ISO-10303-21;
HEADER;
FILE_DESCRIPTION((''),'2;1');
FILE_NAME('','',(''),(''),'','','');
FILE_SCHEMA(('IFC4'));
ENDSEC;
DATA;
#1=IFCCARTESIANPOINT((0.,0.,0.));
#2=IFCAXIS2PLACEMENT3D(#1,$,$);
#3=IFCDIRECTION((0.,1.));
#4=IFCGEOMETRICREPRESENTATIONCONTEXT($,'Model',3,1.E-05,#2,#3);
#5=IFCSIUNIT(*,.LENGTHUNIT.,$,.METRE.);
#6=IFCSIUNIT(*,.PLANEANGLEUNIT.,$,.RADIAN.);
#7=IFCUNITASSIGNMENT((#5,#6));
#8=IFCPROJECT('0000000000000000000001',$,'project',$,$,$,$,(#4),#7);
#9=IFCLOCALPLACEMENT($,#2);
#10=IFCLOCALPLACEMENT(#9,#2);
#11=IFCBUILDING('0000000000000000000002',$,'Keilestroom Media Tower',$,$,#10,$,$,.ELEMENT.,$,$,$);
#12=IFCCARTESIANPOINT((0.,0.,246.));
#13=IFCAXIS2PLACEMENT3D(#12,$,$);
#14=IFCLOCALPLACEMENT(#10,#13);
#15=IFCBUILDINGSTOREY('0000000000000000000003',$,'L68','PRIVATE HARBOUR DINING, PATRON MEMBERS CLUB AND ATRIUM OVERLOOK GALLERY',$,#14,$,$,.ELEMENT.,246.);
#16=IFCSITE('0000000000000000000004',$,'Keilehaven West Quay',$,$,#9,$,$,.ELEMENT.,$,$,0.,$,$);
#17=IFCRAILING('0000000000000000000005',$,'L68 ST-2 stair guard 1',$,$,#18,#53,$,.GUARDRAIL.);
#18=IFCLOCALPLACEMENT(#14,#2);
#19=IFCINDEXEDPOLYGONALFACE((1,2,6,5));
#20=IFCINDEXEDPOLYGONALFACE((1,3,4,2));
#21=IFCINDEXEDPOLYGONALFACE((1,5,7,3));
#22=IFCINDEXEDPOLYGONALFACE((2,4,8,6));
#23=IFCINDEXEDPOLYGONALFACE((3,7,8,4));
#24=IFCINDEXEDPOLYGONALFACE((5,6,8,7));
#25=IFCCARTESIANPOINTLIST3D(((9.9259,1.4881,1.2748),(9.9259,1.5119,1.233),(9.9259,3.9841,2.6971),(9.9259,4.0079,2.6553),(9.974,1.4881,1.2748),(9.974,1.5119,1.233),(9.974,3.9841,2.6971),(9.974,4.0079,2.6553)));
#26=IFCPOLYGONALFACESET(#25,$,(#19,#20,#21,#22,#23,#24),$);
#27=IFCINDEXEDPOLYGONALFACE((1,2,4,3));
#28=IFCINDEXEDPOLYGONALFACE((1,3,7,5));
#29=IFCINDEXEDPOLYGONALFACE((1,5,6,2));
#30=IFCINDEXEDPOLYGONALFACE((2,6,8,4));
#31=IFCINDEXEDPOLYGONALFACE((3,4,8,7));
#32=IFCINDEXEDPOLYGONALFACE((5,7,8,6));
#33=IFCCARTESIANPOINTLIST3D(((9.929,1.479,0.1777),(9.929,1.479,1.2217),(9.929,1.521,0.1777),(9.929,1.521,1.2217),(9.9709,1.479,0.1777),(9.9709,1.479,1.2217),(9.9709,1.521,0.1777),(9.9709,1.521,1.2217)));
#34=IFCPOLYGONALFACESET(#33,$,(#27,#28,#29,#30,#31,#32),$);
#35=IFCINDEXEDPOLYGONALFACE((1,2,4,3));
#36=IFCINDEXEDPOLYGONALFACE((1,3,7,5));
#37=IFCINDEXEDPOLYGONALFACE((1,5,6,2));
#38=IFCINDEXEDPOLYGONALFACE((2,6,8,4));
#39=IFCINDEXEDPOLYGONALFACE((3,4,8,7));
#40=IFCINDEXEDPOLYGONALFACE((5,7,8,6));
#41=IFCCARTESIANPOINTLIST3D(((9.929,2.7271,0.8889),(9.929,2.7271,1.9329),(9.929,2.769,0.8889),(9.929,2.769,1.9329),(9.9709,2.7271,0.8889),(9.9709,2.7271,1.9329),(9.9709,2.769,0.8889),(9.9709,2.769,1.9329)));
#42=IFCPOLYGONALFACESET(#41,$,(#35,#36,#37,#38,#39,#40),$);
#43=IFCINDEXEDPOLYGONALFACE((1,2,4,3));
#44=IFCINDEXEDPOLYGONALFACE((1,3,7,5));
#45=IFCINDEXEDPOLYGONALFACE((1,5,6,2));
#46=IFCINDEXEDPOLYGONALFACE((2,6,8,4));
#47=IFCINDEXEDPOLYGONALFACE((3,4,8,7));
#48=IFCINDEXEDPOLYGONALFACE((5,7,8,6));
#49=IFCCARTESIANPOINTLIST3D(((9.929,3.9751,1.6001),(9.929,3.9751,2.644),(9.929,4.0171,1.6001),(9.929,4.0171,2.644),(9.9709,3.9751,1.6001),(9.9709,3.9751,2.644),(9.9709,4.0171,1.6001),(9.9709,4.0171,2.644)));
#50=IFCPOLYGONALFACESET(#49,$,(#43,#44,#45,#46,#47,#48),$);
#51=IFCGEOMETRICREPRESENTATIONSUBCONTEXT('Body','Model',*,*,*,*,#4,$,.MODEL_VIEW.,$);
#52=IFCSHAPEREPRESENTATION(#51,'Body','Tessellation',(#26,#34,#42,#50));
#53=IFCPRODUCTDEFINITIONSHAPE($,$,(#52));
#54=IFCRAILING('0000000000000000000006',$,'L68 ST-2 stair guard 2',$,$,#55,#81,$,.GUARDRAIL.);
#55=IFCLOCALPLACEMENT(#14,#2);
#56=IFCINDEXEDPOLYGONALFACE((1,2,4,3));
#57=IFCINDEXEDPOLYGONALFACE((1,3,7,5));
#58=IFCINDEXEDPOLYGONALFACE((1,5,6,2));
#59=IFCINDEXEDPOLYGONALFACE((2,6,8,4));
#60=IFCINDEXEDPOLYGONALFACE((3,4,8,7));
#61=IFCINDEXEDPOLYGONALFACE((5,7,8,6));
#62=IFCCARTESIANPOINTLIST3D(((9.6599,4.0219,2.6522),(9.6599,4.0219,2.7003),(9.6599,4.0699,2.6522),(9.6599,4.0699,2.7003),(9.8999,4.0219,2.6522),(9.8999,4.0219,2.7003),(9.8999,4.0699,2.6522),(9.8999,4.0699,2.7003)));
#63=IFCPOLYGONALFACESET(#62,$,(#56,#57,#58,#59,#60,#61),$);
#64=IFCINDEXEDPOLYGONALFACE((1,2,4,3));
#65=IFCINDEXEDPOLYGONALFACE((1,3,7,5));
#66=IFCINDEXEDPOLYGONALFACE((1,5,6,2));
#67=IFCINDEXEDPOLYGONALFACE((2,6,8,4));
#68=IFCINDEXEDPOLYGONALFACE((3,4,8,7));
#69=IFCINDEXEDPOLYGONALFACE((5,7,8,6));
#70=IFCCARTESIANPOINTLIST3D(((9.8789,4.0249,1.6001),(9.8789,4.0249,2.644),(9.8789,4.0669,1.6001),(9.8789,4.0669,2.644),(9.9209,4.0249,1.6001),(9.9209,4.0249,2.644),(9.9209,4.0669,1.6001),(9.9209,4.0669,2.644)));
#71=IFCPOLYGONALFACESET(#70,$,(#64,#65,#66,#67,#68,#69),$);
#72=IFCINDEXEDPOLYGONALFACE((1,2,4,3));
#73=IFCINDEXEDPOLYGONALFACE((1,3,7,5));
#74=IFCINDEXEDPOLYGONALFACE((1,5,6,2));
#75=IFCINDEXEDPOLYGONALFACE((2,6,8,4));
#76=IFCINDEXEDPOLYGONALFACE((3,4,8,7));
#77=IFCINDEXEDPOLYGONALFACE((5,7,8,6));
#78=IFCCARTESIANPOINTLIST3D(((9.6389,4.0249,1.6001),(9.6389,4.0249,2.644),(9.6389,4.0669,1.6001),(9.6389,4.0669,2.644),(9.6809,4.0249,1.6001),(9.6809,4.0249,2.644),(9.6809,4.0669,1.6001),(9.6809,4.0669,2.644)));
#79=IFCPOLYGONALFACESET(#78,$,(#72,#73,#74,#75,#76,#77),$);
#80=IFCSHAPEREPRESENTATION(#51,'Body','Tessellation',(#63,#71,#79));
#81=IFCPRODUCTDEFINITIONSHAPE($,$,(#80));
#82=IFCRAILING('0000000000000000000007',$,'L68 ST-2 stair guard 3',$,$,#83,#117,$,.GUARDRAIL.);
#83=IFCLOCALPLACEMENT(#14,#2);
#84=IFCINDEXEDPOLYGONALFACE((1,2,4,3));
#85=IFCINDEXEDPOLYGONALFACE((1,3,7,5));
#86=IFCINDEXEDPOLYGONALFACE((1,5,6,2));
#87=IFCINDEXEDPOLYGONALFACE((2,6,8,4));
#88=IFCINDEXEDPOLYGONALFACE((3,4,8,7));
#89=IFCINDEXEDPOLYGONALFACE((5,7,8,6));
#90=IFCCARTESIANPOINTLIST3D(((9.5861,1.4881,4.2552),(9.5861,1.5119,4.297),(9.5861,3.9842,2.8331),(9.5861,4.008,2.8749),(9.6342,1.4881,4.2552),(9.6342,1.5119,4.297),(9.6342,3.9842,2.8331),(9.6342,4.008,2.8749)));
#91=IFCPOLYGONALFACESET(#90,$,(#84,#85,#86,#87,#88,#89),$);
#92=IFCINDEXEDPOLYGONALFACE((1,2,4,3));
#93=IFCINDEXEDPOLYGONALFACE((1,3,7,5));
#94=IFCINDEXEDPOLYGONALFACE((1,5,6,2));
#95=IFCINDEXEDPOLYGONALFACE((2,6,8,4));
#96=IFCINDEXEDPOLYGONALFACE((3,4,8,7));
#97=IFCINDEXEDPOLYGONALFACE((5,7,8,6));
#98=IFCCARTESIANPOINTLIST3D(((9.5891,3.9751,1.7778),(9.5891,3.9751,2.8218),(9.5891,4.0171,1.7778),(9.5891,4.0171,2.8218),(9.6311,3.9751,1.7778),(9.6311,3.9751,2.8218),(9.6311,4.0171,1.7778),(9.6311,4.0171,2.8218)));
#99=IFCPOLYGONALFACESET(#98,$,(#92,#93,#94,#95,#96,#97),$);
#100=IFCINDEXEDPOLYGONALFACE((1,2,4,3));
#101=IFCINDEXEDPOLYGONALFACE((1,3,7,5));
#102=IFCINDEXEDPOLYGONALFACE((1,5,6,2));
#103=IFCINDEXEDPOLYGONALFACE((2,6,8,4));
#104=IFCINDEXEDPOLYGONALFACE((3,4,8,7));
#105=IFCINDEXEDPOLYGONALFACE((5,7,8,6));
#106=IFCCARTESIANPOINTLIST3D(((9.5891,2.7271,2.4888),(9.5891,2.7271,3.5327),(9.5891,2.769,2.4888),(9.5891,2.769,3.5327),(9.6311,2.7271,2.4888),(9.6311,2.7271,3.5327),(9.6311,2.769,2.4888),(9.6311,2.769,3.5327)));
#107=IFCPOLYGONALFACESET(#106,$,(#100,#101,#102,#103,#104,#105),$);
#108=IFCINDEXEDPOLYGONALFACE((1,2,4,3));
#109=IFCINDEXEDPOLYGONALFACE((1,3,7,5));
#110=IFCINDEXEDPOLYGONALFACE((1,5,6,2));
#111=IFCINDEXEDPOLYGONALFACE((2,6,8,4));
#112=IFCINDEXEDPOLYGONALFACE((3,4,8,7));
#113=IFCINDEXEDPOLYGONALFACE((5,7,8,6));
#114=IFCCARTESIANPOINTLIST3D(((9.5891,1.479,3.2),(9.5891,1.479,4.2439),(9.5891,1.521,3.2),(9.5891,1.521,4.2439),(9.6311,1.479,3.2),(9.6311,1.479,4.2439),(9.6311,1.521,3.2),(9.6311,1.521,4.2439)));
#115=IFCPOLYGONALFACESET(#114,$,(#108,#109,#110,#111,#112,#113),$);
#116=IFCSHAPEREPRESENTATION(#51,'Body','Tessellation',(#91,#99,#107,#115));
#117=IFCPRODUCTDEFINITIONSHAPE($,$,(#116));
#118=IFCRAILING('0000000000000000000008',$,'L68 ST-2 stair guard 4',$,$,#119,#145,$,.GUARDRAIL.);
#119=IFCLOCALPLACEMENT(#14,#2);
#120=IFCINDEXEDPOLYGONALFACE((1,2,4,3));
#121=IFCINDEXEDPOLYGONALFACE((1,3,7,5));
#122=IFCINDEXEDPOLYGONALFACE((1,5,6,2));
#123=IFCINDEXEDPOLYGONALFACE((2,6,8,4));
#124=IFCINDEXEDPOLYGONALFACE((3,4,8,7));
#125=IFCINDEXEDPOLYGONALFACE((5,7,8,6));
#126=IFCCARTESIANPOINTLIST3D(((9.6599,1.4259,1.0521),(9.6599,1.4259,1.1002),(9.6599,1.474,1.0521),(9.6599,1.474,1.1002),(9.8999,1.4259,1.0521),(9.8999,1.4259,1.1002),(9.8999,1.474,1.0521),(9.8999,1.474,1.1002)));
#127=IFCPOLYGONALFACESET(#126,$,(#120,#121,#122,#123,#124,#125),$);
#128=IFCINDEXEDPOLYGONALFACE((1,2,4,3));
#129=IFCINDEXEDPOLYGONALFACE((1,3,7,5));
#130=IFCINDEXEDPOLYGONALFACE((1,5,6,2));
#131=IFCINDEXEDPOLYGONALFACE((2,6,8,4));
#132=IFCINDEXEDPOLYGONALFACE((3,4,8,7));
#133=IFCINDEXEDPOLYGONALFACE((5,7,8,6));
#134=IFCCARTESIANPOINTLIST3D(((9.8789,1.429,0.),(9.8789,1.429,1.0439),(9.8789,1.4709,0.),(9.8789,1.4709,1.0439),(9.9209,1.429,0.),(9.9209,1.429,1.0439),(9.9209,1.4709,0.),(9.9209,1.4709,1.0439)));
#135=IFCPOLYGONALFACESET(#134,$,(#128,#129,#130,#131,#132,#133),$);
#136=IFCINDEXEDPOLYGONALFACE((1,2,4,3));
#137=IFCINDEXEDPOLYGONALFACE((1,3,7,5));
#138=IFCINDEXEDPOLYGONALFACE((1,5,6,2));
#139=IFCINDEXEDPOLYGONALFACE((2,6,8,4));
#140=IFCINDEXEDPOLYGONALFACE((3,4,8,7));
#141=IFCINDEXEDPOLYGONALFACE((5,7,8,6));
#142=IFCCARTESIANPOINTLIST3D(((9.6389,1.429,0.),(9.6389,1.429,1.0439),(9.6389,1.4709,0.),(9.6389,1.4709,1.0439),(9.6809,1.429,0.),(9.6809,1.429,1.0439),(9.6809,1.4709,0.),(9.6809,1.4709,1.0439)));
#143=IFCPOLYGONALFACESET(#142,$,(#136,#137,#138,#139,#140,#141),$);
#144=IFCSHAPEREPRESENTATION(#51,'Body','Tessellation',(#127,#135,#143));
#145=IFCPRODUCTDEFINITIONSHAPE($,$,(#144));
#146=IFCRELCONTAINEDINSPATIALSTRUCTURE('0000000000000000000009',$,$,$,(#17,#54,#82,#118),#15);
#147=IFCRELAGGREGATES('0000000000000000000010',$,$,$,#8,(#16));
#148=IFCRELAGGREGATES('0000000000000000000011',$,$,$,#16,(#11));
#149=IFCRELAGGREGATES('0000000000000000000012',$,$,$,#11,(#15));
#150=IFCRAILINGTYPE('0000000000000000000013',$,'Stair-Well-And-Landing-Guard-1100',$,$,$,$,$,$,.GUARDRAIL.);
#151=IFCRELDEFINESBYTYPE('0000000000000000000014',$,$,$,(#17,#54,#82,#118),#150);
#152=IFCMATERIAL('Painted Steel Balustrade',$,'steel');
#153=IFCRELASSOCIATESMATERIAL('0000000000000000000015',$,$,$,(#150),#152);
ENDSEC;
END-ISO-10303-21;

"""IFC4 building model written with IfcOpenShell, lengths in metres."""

from ifc_helpers import new_model, si_unit, direction, frame, origin, origin_2d, place, context, subcontext, project, spatial, rectangle, extrude, material, type_object, element, save


model = new_model("IFC4")

# Units and contexts
model_context = context("Model", 3, precision=1e-05, world=origin(), true_north=direction((0.0, 1.0)))
body_context = subcontext(model_context, "Body", "Model", "MODEL_VIEW")
ifc_project = project(units=[si_unit("LENGTHUNIT", "METRE"), si_unit("PLANEANGLEUNIT", "RADIAN")], contexts=[model_context])

# Site, building, storey
site_placement = place(None, origin())
site = spatial("IfcSite", under=ifc_project, at=site_placement, Name="Keilehaven West Quay", CompositionType="ELEMENT", RefElevation=0.0)
building_placement = place(site_placement, origin())
building = spatial("IfcBuilding", under=site, at=building_placement, Name="Keilestroom Media Tower", CompositionType="ELEMENT")
storey_placement = place(building_placement, frame((0.0, 0.0, 246.0)))
storey = spatial("IfcBuildingStorey", under=building, at=storey_placement, Name="L68", Description="PRIVATE HARBOUR DINING, PATRON MEMBERS CLUB AND ATRIUM OVERLOOK GALLERY", CompositionType="ELEMENT", Elevation=246.0)

# Railings
ifc_material_1 = material(Name="Painted Steel Balustrade", Category="steel")
railing_type_1 = type_object("IfcRailingType", Name="Stair-Well-And-Landing-Guard-1100", PredefinedType="GUARDRAIL", material=ifc_material_1)
railing_1_placement = place(storey_placement, frame((9.95, 1.5, 0.1777)))
element("IfcRailing", 1, at=railing_1_placement, inside=storey, type_object=railing_type_1, Name="L68 ST-2 stair guard 1", PredefinedType="GUARDRAIL", context=body_context, shape_type="SweptSolid", body=[
    extrude(rectangle(XDim=0.0481, YDim=0.0481, at=origin_2d()), frame((0.0, 0.0, 1.0762), z_axis=(0.0, 0.868839, 0.495095), x_axis=(-1.0, 0.0, 0.0)), (0.0, 0.0, 1.0), 2.8728),
    extrude(rectangle(XDim=0.042, YDim=0.042, at=origin_2d()), origin(), (0.0, 0.0, 1.0), 1.0439),
    extrude(rectangle(XDim=0.042, YDim=0.042, at=origin_2d()), frame((0.0, 1.248, 0.7112)), (0.0, 0.0, 1.0), 1.0439),
    extrude(rectangle(XDim=0.042, YDim=0.042, at=origin_2d()), frame((0.0, 2.4961, 1.4224)), (0.0, 0.0, 1.0), 1.0439),
])
railing_2_placement = place(storey_placement, frame((9.8999, 4.0459, 1.6001)))
element("IfcRailing", 2, at=railing_2_placement, inside=storey, type_object=railing_type_1, Name="L68 ST-2 stair guard 2", PredefinedType="GUARDRAIL", context=body_context, shape_type="SweptSolid", body=[
    extrude(rectangle(XDim=0.0481, YDim=0.0481, at=origin_2d()), frame((0.0, 0.0, 1.0762), z_axis=(-1.0, 0.0, 0.0), x_axis=(0.0, -1.0, 0.0)), (0.0, 0.0, 1.0), 0.24),
    extrude(rectangle(XDim=0.042, YDim=0.042, at=origin_2d()), origin(), (0.0, 0.0, 1.0), 1.0439),
    extrude(rectangle(XDim=0.042, YDim=0.042, at=origin_2d()), frame((-0.24, 0.0, 0.0)), (0.0, 0.0, 1.0), 1.0439),
])
railing_3_placement = place(storey_placement, frame((9.6101, 3.9961, 1.7778)))
element("IfcRailing", 3, at=railing_3_placement, inside=storey, type_object=railing_type_1, Name="L68 ST-2 stair guard 3", PredefinedType="GUARDRAIL", context=body_context, shape_type="SweptSolid", body=[
    extrude(rectangle(XDim=0.0481, YDim=0.0481, at=origin_2d()), frame((0.0, 0.0, 1.0762), z_axis=(0.0, -0.868875, 0.495031), x_axis=(1.0, 0.0, 0.0)), (0.0, 0.0, 1.0), 2.8728),
    extrude(rectangle(XDim=0.042, YDim=0.042, at=origin_2d()), origin(), (0.0, 0.0, 1.0), 1.0439),
    extrude(rectangle(XDim=0.042, YDim=0.042, at=origin_2d()), frame((0.0, -1.248, 0.7109)), (0.0, 0.0, 1.0), 1.0439),
    extrude(rectangle(XDim=0.042, YDim=0.042, at=origin_2d()), frame((0.0, -2.4961, 1.4221)), (0.0, 0.0, 1.0), 1.0439),
])
railing_4_placement = place(storey_placement, frame((9.8999, 1.45, 0.0)))
element("IfcRailing", 4, at=railing_4_placement, inside=storey, type_object=railing_type_1, Name="L68 ST-2 stair guard 4", PredefinedType="GUARDRAIL", context=body_context, shape_type="SweptSolid", body=[
    extrude(rectangle(XDim=0.0481, YDim=0.0481, at=origin_2d()), frame((0.0, 0.0, 1.0762), z_axis=(-1.0, 0.0, 0.0), x_axis=(0.0, -1.0, 0.0)), (0.0, 0.0, 1.0), 0.24),
    extrude(rectangle(XDim=0.042, YDim=0.042, at=origin_2d()), origin(), (0.0, 0.0, 1.0), 1.0439),
    extrude(rectangle(XDim=0.042, YDim=0.042, at=origin_2d()), frame((-0.24, 0.0, 0.0)), (0.0, 0.0, 1.0), 1.0439),
])

save(model, "model.ifc")
